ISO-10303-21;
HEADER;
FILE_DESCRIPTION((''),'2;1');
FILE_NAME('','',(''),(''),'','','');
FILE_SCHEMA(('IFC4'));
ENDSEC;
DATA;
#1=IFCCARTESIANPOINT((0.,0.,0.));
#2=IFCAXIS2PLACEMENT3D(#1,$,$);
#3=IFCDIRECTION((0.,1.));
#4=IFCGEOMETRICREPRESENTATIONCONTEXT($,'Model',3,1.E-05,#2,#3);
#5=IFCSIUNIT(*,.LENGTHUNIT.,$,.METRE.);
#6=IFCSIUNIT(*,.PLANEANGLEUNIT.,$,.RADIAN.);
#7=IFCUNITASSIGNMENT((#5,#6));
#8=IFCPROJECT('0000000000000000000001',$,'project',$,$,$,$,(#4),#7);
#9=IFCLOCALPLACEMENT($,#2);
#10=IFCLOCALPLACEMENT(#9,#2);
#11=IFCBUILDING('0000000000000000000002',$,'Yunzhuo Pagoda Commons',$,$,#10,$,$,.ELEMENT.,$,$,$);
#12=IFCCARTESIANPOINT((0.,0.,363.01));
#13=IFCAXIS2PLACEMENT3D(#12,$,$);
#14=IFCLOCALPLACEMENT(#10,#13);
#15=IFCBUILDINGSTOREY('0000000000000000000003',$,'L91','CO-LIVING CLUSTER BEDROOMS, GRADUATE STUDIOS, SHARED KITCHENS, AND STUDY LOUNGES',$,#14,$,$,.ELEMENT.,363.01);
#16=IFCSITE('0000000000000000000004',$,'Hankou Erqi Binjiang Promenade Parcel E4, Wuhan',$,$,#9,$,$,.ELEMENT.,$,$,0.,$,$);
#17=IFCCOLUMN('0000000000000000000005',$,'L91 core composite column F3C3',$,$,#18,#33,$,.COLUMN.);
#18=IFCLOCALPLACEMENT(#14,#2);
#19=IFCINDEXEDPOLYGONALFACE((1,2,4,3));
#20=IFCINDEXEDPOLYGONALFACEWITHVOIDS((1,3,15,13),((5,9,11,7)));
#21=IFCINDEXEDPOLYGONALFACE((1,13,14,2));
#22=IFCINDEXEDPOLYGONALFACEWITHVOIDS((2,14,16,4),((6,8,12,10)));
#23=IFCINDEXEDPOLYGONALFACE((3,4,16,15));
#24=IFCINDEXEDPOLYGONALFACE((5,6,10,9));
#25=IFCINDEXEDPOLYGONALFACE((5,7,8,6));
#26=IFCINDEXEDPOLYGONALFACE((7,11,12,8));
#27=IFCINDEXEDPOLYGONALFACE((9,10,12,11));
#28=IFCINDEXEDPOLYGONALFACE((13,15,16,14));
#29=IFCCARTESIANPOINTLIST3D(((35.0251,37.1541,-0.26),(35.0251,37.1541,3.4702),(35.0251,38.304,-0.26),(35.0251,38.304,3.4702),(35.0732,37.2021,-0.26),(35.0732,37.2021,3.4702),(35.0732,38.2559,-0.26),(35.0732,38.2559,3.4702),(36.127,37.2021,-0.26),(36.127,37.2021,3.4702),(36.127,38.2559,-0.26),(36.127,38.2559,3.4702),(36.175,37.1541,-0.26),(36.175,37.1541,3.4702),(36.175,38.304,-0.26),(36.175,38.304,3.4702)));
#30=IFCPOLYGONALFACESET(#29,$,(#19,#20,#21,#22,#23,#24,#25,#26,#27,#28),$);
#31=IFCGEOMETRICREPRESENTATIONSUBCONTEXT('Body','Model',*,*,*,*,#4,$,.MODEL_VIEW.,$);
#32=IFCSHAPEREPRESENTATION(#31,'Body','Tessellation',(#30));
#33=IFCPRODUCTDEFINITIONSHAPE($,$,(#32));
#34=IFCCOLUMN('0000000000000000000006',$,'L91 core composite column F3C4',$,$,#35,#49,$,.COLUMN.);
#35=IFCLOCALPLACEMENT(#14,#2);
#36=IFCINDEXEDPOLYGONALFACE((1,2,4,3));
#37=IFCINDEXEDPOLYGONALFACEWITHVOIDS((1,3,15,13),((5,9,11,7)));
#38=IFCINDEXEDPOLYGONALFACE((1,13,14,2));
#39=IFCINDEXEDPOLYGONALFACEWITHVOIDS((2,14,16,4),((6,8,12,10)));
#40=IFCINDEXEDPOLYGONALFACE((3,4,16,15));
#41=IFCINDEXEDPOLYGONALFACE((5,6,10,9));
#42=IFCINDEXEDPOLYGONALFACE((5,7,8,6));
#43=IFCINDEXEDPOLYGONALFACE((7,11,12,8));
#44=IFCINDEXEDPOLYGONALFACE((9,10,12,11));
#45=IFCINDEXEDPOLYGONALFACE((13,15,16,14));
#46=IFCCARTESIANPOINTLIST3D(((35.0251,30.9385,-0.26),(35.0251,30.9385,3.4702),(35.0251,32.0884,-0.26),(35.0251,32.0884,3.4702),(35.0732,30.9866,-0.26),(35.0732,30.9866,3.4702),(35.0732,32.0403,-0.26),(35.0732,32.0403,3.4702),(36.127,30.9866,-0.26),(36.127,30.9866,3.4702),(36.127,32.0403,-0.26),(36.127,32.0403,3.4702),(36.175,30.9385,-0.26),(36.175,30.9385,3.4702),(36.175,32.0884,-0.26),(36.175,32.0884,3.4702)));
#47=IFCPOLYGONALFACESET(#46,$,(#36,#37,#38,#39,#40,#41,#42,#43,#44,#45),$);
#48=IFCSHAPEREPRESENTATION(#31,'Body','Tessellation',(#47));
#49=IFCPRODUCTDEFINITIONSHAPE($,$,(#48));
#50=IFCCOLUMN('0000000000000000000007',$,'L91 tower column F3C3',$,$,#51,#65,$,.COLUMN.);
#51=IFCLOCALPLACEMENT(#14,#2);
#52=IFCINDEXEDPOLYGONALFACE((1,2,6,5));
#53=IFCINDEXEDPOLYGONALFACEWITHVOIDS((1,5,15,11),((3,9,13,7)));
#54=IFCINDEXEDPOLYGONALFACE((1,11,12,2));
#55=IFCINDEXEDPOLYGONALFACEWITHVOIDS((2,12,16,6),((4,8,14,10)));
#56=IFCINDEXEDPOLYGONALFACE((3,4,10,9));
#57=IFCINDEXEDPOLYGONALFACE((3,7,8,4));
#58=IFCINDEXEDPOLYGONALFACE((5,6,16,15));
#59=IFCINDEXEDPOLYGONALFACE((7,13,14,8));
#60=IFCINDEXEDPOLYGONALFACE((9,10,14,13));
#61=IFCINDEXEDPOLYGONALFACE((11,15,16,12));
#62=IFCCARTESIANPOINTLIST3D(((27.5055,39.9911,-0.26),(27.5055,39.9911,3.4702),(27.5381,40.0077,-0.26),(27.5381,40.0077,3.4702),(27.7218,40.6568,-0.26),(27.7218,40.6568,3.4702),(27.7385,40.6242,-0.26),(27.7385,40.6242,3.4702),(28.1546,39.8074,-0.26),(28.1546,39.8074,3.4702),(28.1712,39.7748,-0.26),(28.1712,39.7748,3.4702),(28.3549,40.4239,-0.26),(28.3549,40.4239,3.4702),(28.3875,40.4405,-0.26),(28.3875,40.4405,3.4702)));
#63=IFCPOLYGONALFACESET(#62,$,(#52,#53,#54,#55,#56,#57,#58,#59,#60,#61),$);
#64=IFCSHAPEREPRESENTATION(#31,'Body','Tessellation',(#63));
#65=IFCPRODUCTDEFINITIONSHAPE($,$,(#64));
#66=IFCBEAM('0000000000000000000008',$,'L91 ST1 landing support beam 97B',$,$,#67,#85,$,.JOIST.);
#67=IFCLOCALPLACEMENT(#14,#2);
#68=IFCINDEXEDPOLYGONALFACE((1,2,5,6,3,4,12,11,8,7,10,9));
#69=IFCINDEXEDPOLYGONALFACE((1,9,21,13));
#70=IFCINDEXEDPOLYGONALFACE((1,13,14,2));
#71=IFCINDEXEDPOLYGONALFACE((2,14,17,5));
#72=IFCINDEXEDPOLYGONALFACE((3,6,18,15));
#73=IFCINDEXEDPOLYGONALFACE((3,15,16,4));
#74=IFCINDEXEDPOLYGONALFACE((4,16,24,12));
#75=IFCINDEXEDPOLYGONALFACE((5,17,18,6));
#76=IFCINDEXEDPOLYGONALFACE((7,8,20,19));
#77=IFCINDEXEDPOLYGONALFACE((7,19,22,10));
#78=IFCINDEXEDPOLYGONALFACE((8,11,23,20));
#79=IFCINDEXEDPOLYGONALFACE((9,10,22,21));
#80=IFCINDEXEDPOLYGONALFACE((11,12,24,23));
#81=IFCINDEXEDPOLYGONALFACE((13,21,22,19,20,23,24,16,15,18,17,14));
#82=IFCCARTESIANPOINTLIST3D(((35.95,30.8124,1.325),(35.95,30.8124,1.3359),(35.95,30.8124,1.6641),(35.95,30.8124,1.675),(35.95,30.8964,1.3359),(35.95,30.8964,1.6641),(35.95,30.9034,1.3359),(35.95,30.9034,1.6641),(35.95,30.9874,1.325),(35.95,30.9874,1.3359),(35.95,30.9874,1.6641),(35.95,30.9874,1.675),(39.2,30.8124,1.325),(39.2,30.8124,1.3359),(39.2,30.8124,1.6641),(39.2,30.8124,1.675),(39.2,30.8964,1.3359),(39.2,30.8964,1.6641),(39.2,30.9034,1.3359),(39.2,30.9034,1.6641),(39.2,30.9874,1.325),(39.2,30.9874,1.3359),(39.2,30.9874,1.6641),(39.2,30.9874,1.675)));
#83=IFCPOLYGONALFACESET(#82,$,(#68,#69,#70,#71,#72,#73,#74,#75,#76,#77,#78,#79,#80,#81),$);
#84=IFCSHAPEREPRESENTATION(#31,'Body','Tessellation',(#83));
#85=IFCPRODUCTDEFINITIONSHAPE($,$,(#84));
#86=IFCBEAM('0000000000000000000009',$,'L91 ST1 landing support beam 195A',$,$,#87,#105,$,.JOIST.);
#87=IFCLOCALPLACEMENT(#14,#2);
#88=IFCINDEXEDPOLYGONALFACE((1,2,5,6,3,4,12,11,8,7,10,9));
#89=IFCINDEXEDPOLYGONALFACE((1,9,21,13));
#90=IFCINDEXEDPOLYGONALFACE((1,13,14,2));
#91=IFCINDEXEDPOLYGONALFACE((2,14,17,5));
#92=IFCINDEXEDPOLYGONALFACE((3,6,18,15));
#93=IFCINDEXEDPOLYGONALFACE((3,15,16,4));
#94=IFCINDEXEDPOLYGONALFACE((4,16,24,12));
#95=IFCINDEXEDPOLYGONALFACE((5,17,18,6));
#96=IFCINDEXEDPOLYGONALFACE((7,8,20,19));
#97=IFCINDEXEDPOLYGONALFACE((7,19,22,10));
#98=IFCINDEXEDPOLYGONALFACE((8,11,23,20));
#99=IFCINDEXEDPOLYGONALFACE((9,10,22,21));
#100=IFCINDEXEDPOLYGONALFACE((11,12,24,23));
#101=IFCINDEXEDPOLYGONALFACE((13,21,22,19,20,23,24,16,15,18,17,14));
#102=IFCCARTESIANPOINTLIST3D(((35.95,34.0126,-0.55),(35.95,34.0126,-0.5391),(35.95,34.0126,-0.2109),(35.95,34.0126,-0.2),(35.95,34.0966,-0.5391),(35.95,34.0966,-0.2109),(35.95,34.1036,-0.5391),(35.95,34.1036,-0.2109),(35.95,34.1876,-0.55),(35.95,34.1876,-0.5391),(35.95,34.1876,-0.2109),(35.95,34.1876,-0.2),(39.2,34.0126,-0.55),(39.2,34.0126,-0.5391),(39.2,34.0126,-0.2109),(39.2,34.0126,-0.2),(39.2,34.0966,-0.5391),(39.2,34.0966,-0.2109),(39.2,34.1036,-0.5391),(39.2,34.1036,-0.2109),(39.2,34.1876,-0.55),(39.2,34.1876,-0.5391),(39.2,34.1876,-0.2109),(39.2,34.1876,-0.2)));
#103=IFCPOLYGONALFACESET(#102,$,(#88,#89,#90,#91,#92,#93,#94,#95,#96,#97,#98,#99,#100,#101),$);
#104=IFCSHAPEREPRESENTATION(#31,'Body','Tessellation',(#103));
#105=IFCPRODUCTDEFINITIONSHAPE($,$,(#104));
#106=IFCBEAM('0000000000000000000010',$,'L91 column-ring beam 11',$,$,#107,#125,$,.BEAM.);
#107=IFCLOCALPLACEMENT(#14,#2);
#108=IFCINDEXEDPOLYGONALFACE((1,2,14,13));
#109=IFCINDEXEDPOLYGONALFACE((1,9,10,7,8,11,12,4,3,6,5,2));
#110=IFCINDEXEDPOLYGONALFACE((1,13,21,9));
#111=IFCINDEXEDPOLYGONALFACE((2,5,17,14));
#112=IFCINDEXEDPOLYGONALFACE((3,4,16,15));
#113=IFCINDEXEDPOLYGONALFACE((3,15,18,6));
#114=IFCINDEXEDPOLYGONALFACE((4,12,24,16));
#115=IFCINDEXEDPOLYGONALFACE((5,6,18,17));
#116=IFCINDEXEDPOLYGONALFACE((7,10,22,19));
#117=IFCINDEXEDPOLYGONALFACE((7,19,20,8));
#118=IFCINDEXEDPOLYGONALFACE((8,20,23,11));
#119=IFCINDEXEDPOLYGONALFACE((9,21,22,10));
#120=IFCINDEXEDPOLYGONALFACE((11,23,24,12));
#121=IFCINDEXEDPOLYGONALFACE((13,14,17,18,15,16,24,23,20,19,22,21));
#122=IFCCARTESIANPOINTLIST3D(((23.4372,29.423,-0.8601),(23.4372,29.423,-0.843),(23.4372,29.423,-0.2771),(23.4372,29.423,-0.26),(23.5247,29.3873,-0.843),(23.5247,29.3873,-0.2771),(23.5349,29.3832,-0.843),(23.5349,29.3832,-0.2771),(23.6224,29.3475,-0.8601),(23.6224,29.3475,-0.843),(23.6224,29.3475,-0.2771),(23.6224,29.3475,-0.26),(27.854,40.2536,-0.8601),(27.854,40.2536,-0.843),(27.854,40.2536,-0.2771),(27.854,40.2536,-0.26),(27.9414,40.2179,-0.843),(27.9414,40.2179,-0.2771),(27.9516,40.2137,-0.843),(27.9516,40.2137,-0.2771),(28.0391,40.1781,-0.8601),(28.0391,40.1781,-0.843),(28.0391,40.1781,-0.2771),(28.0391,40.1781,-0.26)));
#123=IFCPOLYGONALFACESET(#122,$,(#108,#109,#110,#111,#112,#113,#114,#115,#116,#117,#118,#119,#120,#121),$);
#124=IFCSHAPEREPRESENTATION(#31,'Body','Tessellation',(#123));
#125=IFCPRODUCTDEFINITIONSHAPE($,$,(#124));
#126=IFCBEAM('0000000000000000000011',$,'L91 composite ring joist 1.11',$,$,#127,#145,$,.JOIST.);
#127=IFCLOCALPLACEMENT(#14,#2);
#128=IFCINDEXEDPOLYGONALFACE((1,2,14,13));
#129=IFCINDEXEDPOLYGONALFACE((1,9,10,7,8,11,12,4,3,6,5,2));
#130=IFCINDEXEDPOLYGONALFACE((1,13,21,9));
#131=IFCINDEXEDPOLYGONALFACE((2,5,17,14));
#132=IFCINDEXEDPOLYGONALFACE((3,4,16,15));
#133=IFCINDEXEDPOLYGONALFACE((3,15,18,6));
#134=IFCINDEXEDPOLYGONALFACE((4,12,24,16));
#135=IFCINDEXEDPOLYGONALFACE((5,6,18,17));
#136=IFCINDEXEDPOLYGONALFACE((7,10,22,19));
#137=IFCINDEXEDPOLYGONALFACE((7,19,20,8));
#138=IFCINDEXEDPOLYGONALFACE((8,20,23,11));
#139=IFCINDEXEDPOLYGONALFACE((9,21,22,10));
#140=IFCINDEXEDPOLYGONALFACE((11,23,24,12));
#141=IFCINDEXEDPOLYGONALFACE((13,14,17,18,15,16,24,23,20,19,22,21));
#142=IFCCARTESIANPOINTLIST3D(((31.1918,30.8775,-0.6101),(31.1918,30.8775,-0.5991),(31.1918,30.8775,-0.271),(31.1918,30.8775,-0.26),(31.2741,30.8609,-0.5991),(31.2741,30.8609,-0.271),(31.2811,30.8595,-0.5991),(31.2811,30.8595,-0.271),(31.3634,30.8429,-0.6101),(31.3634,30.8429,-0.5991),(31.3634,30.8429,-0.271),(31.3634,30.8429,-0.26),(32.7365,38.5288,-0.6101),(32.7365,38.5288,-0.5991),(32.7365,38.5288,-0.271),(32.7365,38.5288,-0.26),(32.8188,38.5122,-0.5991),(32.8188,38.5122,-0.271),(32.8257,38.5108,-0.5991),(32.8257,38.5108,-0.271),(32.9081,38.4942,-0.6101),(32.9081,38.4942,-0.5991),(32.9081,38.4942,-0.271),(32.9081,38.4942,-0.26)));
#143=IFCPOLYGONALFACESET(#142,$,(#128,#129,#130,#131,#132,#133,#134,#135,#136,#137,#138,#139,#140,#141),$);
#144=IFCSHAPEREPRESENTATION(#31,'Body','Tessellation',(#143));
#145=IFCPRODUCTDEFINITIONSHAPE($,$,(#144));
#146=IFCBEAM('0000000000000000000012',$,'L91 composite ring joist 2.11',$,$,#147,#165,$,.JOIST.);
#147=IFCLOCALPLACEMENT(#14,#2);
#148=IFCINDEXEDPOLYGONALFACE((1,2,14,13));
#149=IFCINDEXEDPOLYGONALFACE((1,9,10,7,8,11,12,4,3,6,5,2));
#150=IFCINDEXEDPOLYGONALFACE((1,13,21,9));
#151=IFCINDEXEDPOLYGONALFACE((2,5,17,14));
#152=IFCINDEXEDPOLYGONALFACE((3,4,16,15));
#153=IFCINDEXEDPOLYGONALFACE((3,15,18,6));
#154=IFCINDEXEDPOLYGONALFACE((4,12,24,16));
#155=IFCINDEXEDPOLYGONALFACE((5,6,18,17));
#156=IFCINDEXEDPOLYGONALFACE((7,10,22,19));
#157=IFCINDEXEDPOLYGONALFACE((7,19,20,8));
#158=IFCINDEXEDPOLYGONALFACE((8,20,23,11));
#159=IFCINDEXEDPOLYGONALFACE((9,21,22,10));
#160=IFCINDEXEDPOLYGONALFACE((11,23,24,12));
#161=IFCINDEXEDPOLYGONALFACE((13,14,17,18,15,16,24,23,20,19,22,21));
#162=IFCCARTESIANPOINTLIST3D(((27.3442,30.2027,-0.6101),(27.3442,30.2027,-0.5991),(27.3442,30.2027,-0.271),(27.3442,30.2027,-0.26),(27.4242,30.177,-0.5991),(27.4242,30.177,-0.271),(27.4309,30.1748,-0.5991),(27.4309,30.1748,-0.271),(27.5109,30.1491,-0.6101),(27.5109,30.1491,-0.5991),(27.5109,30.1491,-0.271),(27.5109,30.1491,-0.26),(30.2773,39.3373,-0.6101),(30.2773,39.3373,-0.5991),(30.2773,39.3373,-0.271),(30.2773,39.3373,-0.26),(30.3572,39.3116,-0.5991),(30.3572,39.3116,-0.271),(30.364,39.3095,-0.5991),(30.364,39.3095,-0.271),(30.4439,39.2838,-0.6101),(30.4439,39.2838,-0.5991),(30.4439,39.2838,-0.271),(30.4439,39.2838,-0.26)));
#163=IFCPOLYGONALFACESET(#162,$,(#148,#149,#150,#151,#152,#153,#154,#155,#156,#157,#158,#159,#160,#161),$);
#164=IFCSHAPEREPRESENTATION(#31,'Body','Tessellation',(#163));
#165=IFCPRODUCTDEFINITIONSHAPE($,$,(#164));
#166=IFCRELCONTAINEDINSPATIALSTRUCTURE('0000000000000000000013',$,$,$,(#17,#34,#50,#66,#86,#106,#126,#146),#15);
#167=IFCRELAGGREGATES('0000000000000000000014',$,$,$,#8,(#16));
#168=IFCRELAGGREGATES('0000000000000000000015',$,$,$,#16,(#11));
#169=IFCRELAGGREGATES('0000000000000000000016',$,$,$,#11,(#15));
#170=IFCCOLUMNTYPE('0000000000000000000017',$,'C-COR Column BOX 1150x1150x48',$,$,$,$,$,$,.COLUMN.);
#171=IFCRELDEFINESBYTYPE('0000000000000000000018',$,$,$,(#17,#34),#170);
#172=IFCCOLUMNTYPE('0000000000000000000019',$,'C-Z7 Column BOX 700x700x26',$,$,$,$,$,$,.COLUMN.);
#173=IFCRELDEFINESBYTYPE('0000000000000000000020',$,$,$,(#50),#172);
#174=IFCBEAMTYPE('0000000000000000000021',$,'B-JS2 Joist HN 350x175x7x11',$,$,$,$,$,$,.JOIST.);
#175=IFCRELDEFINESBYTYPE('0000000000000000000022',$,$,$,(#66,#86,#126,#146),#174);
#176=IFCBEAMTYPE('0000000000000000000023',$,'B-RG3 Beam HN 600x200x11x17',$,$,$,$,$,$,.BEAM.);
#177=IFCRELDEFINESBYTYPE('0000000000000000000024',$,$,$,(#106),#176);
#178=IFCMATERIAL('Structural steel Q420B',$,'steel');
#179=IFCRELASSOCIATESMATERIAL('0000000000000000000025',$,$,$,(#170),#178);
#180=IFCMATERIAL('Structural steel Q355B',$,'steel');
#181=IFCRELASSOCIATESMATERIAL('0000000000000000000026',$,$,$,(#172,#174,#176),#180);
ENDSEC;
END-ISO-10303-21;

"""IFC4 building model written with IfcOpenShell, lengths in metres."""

from ifc_helpers import new_model, si_unit, direction, frame, origin, origin_2d, place, context, subcontext, project, spatial, hollow_rectangle, i_section, extrude, source, transform, mapped, material, material_profile, profile_set, type_object, element, save


model = new_model("IFC4")

# Units and contexts
model_context = context("Model", 3, precision=1e-05, world=origin(), true_north=direction((0.0, 1.0)))
body_context = subcontext(model_context, "Body", "Model", "MODEL_VIEW")
ifc_project = project(units=[si_unit("LENGTHUNIT", "METRE"), si_unit("PLANEANGLEUNIT", "RADIAN")], contexts=[model_context])

# Site, building, storey
site_placement = place(None, origin())
site = spatial("IfcSite", under=ifc_project, at=site_placement, Name="Hankou Erqi Binjiang Promenade Parcel E4, Wuhan", CompositionType="ELEMENT", RefElevation=0.0)
building_placement = place(site_placement, origin())
building = spatial("IfcBuilding", under=site, at=building_placement, Name="Yunzhuo Pagoda Commons", CompositionType="ELEMENT")
storey_placement = place(building_placement, frame((0.0, 0.0, 363.01)))
storey = spatial("IfcBuildingStorey", under=building, at=storey_placement, Name="L91", Description="CO-LIVING CLUSTER BEDROOMS, GRADUATE STUDIOS, SHARED KITCHENS, AND STUDY LOUNGES", CompositionType="ELEMENT", Elevation=363.01)

# Columns
ifc_material_1 = material(Name="Structural steel Q420B", Category="steel")
ifc_material_profile_1 = material_profile(ifc_material_1, hollow_rectangle(XDim=1.1499, YDim=1.1499, WallThickness=0.0481, at=origin_2d()), Name="Structural steel Q420B")
ifc_profile_set_1 = profile_set([ifc_material_profile_1], Name="Structural steel Q420B")
column_type_1 = type_object("IfcColumnType", Name="C-COR Column BOX 1150x1150x48", PredefinedType="COLUMN", material=ifc_profile_set_1)
shared_shape_1 = source(origin(), body_context, "Body", "SweptSolid", [
    extrude(hollow_rectangle(XDim=1.1499, YDim=1.1499, WallThickness=0.0481, at=origin_2d()), origin(), (0.0, 0.0, 1.0), 3.7302),
])
for number, where, z_axis, x_axis, name in (
    (1, (35.6001, 37.729, -0.26), (0.0, 0.0, 1.0), (1.0, 0.0, 0.0), "L91 core composite column F3C3"),
    (2, (35.6001, 31.5134, -0.26), (0.0, 0.0, 1.0), (1.0, 0.0, 0.0), "L91 core composite column F3C4"),
):
    element("IfcColumn", number, at=place(storey_placement, frame(where, z_axis=z_axis, x_axis=x_axis)), inside=storey, type_object=column_type_1, Name=name, PredefinedType="COLUMN", context=body_context, shape_type="MappedRepresentation", body=[
        mapped(shared_shape_1, transform((0.0, 0.0, 0.0), scale=1.0)),
    ])
ifc_material_2 = material(Name="Structural steel Q355B", Category="steel")
ifc_material_profile_2 = material_profile(ifc_material_2, hollow_rectangle(XDim=0.7, YDim=0.7, WallThickness=0.0259, at=origin_2d()), Name="Structural steel Q355B")
ifc_profile_set_2 = profile_set([ifc_material_profile_2], Name="Structural steel Q355B")
column_type_2 = type_object("IfcColumnType", Name="C-Z7 Column BOX 700x700x26", PredefinedType="COLUMN", material=ifc_profile_set_2)
shared_shape_2 = source(origin(), body_context, "Body", "SweptSolid", [
    extrude(hollow_rectangle(XDim=0.7, YDim=0.7, WallThickness=0.0259, at=origin_2d()), origin(), (0.0, 0.0, 1.0), 3.7302),
])
column_placement = place(storey_placement, frame((27.9465, 40.2158, -0.26), z_axis=(0.0, 0.0, 1.0), x_axis=(-0.309017, -0.951057, 0.0)))
element("IfcColumn", 3, at=column_placement, inside=storey, type_object=column_type_2, Name="L91 tower column F3C3", PredefinedType="COLUMN", context=body_context, shape_type="MappedRepresentation", body=[
    mapped(shared_shape_2, transform((0.0, 0.0, 0.0), scale=1.0)),
])

# Beams
ifc_material_profile_3 = material_profile(ifc_material_2, i_section(OverallWidth=0.175, OverallDepth=0.3501, WebThickness=0.0071, FlangeThickness=0.011, at=origin_2d()), Name="Structural steel Q355B")
ifc_profile_set_3 = profile_set([ifc_material_profile_3], Name="Structural steel Q355B")
beam_type_1 = type_object("IfcBeamType", Name="B-JS2 Joist HN 350x175x7x11", PredefinedType="JOIST", material=ifc_profile_set_3)
shared_shape_3 = source(origin(), body_context, "Body", "SweptSolid", [
    extrude(i_section(OverallWidth=0.175, OverallDepth=0.3501, WebThickness=0.0071, FlangeThickness=0.011, at=origin_2d()), origin(), (0.0, 0.0, 1.0), 3.25),
])
for number, where, z_axis, x_axis, name in (
    (4, (35.95, 30.8999, 1.5), (1.0, 0.0, 0.0), (0.0, 1.0, 0.0), "L91 ST1 landing support beam 97B"),
    (5, (35.95, 34.1001, -0.375), (1.0, 0.0, 0.0), (0.0, 1.0, 0.0), "L91 ST1 landing support beam 195A"),
):
    element("IfcBeam", number, at=place(storey_placement, frame(where, z_axis=z_axis, x_axis=x_axis)), inside=storey, type_object=beam_type_1, Name=name, PredefinedType="JOIST", context=body_context, shape_type="MappedRepresentation", body=[
        mapped(shared_shape_3, transform((0.0, 0.0, 0.0), scale=1.0)),
    ])
ifc_material_profile_4 = material_profile(ifc_material_2, i_section(OverallWidth=0.2, OverallDepth=0.6001, WebThickness=0.011, FlangeThickness=0.0171, at=origin_2d()), Name="Structural steel Q355B")
ifc_profile_set_4 = profile_set([ifc_material_profile_4], Name="Structural steel Q355B")
beam_type_2 = type_object("IfcBeamType", Name="B-RG3 Beam HN 600x200x11x17", PredefinedType="BEAM", material=ifc_profile_set_4)
shared_shape_4 = source(origin(), body_context, "Body", "SweptSolid", [
    extrude(i_section(OverallWidth=0.2, OverallDepth=0.6001, WebThickness=0.011, FlangeThickness=0.0171, at=origin_2d()), origin(), (0.0, 0.0, 1.0), 11.6965),
])
beam_1_placement = place(storey_placement, frame((27.9465, 40.2158, -0.5601), z_axis=(-0.377612, -0.925964, 0.0), x_axis=(0.925964, -0.377612, 0.0)))
element("IfcBeam", 6, at=beam_1_placement, inside=storey, type_object=beam_type_2, Name="L91 column-ring beam 11", PredefinedType="BEAM", context=body_context, shape_type="MappedRepresentation", body=[
    mapped(shared_shape_4, transform((0.0, 0.0, 0.0), scale=1.0)),
])
shared_shape_5 = source(origin(), body_context, "Body", "SweptSolid", [
    extrude(i_section(OverallWidth=0.175, OverallDepth=0.3501, WebThickness=0.0071, FlangeThickness=0.011, at=origin_2d()), origin(), (0.0, 0.0, 1.0), 7.8057),
])
beam_2_placement = place(storey_placement, frame((32.8223, 38.5115, -0.4351), z_axis=(-0.19789, -0.980224, 0.0), x_axis=(0.980224, -0.19789, 0.0)))
element("IfcBeam", 7, at=beam_2_placement, inside=storey, type_object=beam_type_1, Name="L91 composite ring joist 1.11", PredefinedType="JOIST", context=body_context, shape_type="MappedRepresentation", body=[
    mapped(shared_shape_5, transform((0.0, 0.0, 0.0), scale=1.0)),
])
shared_shape_6 = source(origin(), body_context, "Body", "SweptSolid", [
    extrude(i_section(OverallWidth=0.175, OverallDepth=0.3501, WebThickness=0.0071, FlangeThickness=0.011, at=origin_2d()), origin(), (0.0, 0.0, 1.0), 9.594),
])
beam_3_placement = place(storey_placement, frame((30.3606, 39.3105, -0.4351), z_axis=(-0.305719, -0.952122, 0.0), x_axis=(0.952122, -0.305719, 0.0)))
element("IfcBeam", 8, at=beam_3_placement, inside=storey, type_object=beam_type_1, Name="L91 composite ring joist 2.11", PredefinedType="JOIST", context=body_context, shape_type="MappedRepresentation", body=[
    mapped(shared_shape_6, transform((0.0, 0.0, 0.0), scale=1.0)),
])

save(model, "model.ifc")
